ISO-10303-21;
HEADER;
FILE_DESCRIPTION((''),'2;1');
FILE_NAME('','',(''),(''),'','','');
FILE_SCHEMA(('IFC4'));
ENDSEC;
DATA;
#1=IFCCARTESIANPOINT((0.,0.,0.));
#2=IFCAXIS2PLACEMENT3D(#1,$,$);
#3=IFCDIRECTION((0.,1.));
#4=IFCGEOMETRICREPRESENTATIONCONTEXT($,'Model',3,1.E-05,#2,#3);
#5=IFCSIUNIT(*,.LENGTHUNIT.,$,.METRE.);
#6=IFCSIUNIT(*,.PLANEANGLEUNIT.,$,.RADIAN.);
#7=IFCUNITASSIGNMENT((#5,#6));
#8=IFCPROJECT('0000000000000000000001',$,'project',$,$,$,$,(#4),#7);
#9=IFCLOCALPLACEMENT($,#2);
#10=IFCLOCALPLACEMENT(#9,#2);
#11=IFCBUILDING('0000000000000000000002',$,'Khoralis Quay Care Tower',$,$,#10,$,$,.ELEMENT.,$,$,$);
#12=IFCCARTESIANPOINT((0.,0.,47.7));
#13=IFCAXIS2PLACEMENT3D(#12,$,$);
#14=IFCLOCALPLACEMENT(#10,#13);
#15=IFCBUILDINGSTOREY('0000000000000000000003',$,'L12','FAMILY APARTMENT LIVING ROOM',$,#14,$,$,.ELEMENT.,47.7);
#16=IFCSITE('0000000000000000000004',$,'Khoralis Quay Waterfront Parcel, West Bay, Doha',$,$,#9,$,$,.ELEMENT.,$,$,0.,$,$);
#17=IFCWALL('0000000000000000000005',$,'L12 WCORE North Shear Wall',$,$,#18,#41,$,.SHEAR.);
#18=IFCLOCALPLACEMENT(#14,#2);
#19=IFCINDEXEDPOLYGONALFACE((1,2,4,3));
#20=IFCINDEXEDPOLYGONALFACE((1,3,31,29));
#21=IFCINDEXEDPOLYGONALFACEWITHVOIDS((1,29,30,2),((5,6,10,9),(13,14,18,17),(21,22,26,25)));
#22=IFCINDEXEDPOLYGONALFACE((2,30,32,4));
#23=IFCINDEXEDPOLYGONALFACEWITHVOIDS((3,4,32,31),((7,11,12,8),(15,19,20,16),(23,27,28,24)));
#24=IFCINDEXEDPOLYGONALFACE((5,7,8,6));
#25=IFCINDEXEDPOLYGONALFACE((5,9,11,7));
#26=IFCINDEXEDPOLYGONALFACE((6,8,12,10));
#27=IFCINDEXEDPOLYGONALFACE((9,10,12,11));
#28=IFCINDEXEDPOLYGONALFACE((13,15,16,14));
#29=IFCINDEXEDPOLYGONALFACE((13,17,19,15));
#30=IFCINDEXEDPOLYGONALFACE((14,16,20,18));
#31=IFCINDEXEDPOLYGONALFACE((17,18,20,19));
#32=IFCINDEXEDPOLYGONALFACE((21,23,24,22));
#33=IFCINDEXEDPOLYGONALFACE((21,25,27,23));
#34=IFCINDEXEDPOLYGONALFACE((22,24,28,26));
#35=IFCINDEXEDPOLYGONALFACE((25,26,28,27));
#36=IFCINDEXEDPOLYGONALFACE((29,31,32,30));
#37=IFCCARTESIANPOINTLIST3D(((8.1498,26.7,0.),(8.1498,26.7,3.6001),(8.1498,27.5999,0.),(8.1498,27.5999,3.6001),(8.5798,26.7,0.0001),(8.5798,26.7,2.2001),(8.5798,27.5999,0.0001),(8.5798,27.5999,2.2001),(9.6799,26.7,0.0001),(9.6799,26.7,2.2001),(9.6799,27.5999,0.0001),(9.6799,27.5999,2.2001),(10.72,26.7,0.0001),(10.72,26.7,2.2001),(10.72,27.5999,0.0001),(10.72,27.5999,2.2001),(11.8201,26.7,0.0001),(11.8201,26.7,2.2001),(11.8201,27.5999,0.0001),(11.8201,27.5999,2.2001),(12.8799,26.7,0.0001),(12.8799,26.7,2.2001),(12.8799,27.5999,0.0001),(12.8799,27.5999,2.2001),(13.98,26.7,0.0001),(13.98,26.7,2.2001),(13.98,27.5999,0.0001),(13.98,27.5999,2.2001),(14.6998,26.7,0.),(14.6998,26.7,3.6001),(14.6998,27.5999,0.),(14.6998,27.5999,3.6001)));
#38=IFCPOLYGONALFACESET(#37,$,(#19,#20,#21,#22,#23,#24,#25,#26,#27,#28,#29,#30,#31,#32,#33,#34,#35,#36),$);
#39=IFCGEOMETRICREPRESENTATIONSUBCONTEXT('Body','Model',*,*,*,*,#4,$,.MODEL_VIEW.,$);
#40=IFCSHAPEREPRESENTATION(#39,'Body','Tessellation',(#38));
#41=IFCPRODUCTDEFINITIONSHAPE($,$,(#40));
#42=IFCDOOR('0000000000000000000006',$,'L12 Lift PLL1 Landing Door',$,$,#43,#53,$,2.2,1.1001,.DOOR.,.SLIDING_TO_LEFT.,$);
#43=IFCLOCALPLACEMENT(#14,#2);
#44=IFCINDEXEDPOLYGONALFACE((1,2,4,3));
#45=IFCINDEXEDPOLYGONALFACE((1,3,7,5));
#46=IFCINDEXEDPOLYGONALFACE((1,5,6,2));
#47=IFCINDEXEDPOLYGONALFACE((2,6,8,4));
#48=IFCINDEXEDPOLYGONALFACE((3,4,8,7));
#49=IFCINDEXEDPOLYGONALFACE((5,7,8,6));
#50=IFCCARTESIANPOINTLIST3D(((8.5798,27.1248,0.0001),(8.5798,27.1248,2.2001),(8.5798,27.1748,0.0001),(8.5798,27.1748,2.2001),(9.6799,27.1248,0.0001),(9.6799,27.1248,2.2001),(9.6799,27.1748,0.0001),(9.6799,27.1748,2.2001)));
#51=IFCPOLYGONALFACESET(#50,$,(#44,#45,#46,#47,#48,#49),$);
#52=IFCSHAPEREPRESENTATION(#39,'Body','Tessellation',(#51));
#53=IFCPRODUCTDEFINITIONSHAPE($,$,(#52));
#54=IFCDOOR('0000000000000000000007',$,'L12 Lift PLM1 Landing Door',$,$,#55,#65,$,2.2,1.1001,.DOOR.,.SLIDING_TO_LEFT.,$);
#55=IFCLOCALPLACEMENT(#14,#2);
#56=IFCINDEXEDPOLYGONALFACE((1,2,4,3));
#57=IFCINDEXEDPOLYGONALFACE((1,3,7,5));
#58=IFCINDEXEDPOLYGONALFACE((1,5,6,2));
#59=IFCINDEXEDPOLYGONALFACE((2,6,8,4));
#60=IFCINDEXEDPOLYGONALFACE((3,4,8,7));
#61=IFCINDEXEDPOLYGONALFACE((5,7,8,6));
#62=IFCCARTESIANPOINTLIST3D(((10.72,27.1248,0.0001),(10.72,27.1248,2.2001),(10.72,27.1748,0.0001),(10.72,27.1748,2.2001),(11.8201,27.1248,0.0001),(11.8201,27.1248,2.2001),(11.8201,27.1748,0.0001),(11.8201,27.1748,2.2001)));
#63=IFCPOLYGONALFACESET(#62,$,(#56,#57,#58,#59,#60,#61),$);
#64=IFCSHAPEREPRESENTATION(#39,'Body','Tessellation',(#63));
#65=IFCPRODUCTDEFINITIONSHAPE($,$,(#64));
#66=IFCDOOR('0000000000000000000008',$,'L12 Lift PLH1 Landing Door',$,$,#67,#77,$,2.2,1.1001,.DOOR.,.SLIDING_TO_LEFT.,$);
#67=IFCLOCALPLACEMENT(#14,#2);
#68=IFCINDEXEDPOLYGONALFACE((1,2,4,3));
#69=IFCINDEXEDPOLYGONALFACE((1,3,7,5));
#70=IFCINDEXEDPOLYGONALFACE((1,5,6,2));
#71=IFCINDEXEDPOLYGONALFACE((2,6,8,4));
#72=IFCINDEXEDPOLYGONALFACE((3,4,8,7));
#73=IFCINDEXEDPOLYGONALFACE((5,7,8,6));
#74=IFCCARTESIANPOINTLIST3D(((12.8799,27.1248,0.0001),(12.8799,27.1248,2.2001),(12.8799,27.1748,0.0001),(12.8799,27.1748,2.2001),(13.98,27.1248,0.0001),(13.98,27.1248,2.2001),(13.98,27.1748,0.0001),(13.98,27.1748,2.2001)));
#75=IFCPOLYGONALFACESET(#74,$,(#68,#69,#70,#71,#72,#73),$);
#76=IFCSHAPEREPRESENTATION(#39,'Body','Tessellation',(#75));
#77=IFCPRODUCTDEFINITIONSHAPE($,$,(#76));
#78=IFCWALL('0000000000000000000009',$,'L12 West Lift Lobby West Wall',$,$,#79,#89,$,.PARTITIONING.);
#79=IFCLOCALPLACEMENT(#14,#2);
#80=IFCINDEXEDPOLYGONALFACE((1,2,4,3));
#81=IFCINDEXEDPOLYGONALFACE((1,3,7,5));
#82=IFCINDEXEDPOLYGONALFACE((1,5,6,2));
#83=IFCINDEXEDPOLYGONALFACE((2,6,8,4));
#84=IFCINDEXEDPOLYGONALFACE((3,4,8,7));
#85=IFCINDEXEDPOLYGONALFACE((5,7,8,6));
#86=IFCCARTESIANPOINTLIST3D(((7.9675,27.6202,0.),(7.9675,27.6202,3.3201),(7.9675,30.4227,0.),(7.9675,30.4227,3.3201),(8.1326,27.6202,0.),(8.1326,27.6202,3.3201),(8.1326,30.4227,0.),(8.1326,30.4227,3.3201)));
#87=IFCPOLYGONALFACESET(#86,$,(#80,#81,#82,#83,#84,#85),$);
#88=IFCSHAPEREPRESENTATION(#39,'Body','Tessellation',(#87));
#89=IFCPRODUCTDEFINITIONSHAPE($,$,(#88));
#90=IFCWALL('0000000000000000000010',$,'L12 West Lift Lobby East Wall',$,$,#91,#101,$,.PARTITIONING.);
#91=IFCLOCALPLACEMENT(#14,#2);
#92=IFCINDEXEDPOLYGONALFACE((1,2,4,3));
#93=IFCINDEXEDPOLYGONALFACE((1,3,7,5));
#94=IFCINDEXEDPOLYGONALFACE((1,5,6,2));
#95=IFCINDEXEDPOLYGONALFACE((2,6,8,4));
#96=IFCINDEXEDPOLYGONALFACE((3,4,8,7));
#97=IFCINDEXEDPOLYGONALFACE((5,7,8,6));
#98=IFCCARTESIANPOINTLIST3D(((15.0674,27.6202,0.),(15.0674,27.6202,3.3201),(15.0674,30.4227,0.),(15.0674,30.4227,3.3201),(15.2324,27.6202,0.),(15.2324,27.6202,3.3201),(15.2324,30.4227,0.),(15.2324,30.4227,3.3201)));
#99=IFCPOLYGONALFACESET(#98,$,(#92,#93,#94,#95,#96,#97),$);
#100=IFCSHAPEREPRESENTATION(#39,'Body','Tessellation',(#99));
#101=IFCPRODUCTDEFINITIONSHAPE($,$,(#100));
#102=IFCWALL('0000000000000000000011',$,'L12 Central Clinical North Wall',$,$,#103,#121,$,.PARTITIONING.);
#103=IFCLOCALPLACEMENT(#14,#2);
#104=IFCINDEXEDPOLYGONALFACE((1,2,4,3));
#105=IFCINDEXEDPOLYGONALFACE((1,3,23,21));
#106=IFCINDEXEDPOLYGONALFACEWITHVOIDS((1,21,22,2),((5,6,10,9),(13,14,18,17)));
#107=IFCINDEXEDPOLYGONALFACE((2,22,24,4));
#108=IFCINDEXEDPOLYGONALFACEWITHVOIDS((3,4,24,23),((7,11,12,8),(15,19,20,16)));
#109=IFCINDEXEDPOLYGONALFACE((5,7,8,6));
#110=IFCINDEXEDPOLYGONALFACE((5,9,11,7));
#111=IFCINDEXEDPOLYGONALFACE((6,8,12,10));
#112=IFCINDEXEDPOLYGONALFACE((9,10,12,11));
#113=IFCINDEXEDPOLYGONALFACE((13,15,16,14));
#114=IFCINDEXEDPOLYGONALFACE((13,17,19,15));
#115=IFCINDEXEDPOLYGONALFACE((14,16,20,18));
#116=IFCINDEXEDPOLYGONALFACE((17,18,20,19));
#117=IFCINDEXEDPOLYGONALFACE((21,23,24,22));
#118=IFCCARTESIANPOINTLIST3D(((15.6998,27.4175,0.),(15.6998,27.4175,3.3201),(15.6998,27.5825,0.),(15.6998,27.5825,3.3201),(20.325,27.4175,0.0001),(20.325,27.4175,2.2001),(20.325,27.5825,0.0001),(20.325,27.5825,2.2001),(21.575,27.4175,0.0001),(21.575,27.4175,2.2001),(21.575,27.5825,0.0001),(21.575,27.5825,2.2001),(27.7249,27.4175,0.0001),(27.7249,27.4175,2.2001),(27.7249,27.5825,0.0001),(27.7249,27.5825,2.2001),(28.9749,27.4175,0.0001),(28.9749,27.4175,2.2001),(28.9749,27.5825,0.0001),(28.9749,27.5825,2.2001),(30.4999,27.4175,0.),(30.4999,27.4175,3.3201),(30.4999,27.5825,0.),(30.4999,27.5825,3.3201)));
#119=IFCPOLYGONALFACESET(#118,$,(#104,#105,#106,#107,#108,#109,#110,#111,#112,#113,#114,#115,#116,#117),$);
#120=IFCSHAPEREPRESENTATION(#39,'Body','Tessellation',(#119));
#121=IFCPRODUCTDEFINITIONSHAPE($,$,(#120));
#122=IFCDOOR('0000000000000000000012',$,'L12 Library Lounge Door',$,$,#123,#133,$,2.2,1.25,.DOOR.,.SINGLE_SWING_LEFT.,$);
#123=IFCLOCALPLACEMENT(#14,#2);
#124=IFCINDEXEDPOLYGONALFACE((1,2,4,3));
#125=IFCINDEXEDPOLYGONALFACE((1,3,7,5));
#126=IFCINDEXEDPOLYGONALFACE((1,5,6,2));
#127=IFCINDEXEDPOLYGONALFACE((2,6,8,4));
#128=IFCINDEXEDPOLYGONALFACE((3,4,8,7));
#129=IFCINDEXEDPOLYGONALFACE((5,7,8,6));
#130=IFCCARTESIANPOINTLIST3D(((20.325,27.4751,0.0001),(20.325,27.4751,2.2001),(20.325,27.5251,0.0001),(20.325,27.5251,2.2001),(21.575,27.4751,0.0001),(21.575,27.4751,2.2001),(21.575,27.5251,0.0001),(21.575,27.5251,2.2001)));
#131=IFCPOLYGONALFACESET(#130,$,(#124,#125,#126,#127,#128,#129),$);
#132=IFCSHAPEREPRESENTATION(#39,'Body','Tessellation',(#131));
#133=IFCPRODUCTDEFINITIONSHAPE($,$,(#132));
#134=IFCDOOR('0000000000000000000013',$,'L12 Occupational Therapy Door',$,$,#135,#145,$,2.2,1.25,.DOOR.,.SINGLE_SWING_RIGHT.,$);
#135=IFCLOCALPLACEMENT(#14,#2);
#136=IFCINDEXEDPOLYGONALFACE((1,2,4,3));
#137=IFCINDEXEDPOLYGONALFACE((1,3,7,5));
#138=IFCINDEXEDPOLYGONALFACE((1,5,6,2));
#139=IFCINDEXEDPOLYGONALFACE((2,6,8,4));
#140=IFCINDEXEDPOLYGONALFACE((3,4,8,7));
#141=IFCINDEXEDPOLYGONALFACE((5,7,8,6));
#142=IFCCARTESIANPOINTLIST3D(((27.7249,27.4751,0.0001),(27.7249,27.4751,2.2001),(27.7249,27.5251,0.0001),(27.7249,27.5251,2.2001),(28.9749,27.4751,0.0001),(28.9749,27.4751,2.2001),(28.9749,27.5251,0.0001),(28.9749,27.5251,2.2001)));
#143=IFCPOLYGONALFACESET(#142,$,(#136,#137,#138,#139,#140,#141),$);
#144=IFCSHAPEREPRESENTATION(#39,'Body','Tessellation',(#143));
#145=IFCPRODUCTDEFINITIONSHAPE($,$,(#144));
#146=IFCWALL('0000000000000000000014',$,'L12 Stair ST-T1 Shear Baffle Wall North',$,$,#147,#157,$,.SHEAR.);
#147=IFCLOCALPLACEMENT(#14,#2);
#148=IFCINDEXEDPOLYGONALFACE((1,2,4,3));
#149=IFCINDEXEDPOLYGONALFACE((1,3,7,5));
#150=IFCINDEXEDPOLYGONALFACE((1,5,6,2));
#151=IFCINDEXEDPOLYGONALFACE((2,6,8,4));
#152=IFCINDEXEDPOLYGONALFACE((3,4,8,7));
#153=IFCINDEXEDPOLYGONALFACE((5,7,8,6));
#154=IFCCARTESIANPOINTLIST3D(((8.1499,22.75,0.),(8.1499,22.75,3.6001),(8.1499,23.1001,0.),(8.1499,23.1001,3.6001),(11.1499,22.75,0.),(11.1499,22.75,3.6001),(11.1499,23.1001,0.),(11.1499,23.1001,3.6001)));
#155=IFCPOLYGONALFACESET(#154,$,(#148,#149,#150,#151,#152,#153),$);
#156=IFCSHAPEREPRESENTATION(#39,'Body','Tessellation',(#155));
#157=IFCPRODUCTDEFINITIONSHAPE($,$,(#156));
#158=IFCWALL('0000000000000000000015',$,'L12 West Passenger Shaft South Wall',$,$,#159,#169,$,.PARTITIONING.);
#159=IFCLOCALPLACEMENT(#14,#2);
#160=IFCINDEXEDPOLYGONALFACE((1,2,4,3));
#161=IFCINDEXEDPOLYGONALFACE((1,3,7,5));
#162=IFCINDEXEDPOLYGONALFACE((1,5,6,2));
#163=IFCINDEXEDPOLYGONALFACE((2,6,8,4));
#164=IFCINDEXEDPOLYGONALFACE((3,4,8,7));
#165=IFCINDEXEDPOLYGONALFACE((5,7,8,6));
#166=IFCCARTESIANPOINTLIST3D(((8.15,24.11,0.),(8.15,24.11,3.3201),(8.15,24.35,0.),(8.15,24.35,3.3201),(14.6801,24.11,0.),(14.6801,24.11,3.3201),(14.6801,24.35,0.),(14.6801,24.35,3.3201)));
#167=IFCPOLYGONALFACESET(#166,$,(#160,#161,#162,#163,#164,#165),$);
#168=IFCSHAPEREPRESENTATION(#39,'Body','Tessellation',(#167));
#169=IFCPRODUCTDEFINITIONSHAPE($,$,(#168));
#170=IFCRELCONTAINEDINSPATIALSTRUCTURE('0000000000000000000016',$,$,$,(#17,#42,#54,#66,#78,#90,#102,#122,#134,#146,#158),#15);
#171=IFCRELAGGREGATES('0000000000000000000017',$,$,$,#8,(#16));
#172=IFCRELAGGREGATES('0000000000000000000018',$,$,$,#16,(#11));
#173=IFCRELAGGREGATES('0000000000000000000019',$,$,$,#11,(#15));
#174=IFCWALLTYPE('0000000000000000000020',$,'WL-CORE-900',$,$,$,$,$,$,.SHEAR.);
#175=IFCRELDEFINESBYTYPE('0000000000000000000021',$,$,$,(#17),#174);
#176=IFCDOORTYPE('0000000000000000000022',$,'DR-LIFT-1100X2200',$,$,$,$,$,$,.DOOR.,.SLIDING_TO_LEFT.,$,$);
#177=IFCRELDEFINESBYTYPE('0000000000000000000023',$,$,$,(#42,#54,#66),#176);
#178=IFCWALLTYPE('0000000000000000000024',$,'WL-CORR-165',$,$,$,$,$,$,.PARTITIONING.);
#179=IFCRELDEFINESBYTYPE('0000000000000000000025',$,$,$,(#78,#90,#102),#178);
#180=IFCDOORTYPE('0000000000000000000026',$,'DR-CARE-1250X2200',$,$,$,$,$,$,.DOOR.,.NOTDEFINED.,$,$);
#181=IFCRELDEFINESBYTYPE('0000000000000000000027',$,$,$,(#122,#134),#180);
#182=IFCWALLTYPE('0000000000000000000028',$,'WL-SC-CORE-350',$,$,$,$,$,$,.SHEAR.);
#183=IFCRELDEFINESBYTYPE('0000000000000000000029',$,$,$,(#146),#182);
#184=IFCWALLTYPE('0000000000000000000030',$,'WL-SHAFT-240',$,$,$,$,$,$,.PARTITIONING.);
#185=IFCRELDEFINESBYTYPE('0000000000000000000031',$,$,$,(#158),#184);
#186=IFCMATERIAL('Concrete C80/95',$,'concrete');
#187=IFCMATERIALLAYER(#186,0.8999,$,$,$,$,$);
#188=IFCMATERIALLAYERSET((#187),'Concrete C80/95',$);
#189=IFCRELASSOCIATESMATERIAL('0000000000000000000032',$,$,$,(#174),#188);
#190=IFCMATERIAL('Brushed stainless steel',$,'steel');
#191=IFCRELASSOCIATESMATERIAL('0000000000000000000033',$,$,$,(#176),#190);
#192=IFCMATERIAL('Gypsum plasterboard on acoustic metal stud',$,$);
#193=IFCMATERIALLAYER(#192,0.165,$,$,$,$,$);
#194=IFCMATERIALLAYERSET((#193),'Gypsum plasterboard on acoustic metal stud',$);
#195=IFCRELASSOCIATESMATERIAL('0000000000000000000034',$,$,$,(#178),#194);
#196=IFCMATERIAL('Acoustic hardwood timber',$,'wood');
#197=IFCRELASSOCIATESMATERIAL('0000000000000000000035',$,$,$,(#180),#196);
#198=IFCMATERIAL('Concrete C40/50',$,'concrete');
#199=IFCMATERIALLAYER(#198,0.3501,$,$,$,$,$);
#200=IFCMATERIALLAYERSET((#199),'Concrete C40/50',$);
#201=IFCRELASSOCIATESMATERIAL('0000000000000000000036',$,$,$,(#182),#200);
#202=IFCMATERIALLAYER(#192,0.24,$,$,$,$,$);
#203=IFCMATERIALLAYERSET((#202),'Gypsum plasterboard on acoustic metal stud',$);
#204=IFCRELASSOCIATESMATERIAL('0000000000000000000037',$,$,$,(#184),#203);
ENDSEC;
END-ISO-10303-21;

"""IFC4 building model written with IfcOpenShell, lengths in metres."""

from ifc_helpers import new_model, si_unit, direction, frame, frame_2d, origin, place, context, subcontext, project, spatial, rectangle, extrude, source, transform, mapped, material, layer, layer_set, type_object, element, fill, save


model = new_model("IFC4")

# Units and contexts
model_context = context("Model", 3, precision=1e-05, world=origin(), true_north=direction((0.0, 1.0)))
body_context = subcontext(model_context, "Body", "Model", "MODEL_VIEW")
ifc_project = project(units=[si_unit("LENGTHUNIT", "METRE"), si_unit("PLANEANGLEUNIT", "RADIAN")], contexts=[model_context])

# Site, building, storey
site_placement = place(None, origin())
site = spatial("IfcSite", under=ifc_project, at=site_placement, Name="Khoralis Quay Waterfront Parcel, West Bay, Doha", CompositionType="ELEMENT", RefElevation=0.0)
building_placement = place(site_placement, origin())
building = spatial("IfcBuilding", under=site, at=building_placement, Name="Khoralis Quay Care Tower", CompositionType="ELEMENT")
storey_placement = place(building_placement, frame((0.0, 0.0, 47.7)))
storey = spatial("IfcBuildingStorey", under=building, at=storey_placement, Name="L12", Description="FAMILY APARTMENT LIVING ROOM", CompositionType="ELEMENT", Elevation=47.7)

# Shared definitions
ifc_material_1 = material(Name="Concrete C80/95", Category="concrete")

# Wall, openings, doors
ifc_layer_1 = layer(ifc_material_1, 0.8999)
ifc_layer_set_1 = layer_set([ifc_layer_1], Name="Concrete C80/95")
wall_type_1 = type_object("IfcWallType", Name="WL-CORE-900", PredefinedType="SHEAR", material=ifc_layer_set_1)
wall_1_placement = place(storey_placement, frame((8.1499, 27.1499, 0.0), z_axis=(0.0, 0.0, 1.0), x_axis=(1.0, 0.0, 0.0)))
wall_1 = element("IfcWall", 1, at=wall_1_placement, inside=storey, type_object=wall_type_1, Name="L12 WCORE North Shear Wall", PredefinedType="SHEAR", context=body_context, shape_type="SweptSolid", body=[
    extrude(rectangle(XDim=6.55, YDim=0.8999, at=frame_2d((3.2749, 0.0))), origin(), (0.0, 0.0, 1.0), 3.6001),
])
opening_1_placement = place(wall_1_placement, frame((0.4299, 0.0, 0.0)))
opening_1 = element("IfcOpeningElement", 2, at=opening_1_placement, cuts=wall_1, PredefinedType="OPENING", context=body_context, shape_type="SweptSolid", body=[
    extrude(rectangle(XDim=1.1001, YDim=2.2, at=frame_2d((0.55, 1.1001))), frame((0.0, 0.46, 0.0), z_axis=(0.0, -1.0, 0.0), x_axis=(1.0, 0.0, 0.0)), (0.0, 0.0, 1.0), 0.9199),
])
opening_2_placement = place(wall_1_placement, frame((2.5701, 0.0, 0.0)))
opening_2 = element("IfcOpeningElement", 3, at=opening_2_placement, cuts=wall_1, PredefinedType="OPENING", context=body_context, shape_type="SweptSolid", body=[
    extrude(rectangle(XDim=1.1001, YDim=2.2, at=frame_2d((0.55, 1.1001))), frame((0.0, 0.46, 0.0), z_axis=(0.0, -1.0, 0.0), x_axis=(1.0, 0.0, 0.0)), (0.0, 0.0, 1.0), 0.9199),
])
opening_3_placement = place(wall_1_placement, frame((4.73, 0.0, 0.0)))
opening_3 = element("IfcOpeningElement", 4, at=opening_3_placement, cuts=wall_1, PredefinedType="OPENING", context=body_context, shape_type="SweptSolid", body=[
    extrude(rectangle(XDim=1.1001, YDim=2.2, at=frame_2d((0.55, 1.1001))), frame((0.0, 0.46, 0.0), z_axis=(0.0, -1.0, 0.0), x_axis=(1.0, 0.0, 0.0)), (0.0, 0.0, 1.0), 0.9199),
])
ifc_material_2 = material(Name="Brushed stainless steel", Category="steel")
door_type_1 = type_object("IfcDoorType", Name="DR-LIFT-1100X2200", OperationType="SLIDING_TO_LEFT", PredefinedType="DOOR", material=ifc_material_2)
shared_shape_1 = source(origin(), body_context, "Body", "SweptSolid", [
    extrude(rectangle(XDim=1.1001, YDim=2.2, at=frame_2d((0.55, 1.1001))), frame((0.0, 0.0249, 0.0), z_axis=(0.0, -1.0, 0.0), x_axis=(1.0, 0.0, 0.0)), (0.0, 0.0, 1.0), 0.05),
])
door_1_placement = place(opening_1_placement, origin())
door_1 = element("IfcDoor", 5, at=door_1_placement, inside=storey, type_object=door_type_1, Name="L12 Lift PLL1 Landing Door", OperationType="SLIDING_TO_LEFT", OverallHeight=2.2, OverallWidth=1.1001, PredefinedType="DOOR", context=body_context, shape_type="MappedRepresentation", body=[
    mapped(shared_shape_1, transform((0.0, 0.0, 0.0), scale=1.0)),
])
fill(opening_1, door_1)
door_2_placement = place(opening_2_placement, origin())
door_2 = element("IfcDoor", 6, at=door_2_placement, inside=storey, type_object=door_type_1, Name="L12 Lift PLM1 Landing Door", OperationType="SLIDING_TO_LEFT", OverallHeight=2.2, OverallWidth=1.1001, PredefinedType="DOOR", context=body_context, shape_type="MappedRepresentation", body=[
    mapped(shared_shape_1, transform((0.0, 0.0, 0.0), scale=1.0)),
])
fill(opening_2, door_2)
door_3_placement = place(opening_3_placement, origin())
door_3 = element("IfcDoor", 7, at=door_3_placement, inside=storey, type_object=door_type_1, Name="L12 Lift PLH1 Landing Door", OperationType="SLIDING_TO_LEFT", OverallHeight=2.2, OverallWidth=1.1001, PredefinedType="DOOR", context=body_context, shape_type="MappedRepresentation", body=[
    mapped(shared_shape_1, transform((0.0, 0.0, 0.0), scale=1.0)),
])
fill(opening_3, door_3)

# Walls
ifc_material_3 = material(Name="Gypsum plasterboard on acoustic metal stud")
ifc_layer_2 = layer(ifc_material_3, 0.165)
ifc_layer_set_2 = layer_set([ifc_layer_2], Name="Gypsum plasterboard on acoustic metal stud")
wall_type_2 = type_object("IfcWallType", Name="WL-CORR-165", PredefinedType="PARTITIONING", material=ifc_layer_set_2)
for number, where, z_axis, x_axis, name in (
    (8, (8.05, 27.6201, 0.0), (0.0, 0.0, 1.0), (0.0, 1.0, 0.0), "L12 West Lift Lobby West Wall"),
    (9, (15.1499, 27.6201, 0.0), (0.0, 0.0, 1.0), (0.0, 1.0, 0.0), "L12 West Lift Lobby East Wall"),
):
    element("IfcWall", number, at=place(storey_placement, frame(where, z_axis=z_axis, x_axis=x_axis)), inside=storey, type_object=wall_type_2, Name=name, PredefinedType="PARTITIONING", context=body_context, shape_type="SweptSolid", body=[
        extrude(rectangle(XDim=2.8025, YDim=0.165, at=frame_2d((1.4014, 0.0))), origin(), (0.0, 0.0, 1.0), 3.3201),
    ])

# Wall, openings, doors
wall_2_placement = place(storey_placement, frame((15.7, 27.5, 0.0), z_axis=(0.0, 0.0, 1.0), x_axis=(1.0, 0.0, 0.0)))
wall_2 = element("IfcWall", 10, at=wall_2_placement, inside=storey, type_object=wall_type_2, Name="L12 Central Clinical North Wall", PredefinedType="PARTITIONING", context=body_context, shape_type="SweptSolid", body=[
    extrude(rectangle(XDim=14.8, YDim=0.165, at=frame_2d((7.3999, 0.0))), origin(), (0.0, 0.0, 1.0), 3.3201),
])
opening_4_placement = place(wall_2_placement, frame((4.625, 0.0, 0.0)))
opening_4 = element("IfcOpeningElement", 11, at=opening_4_placement, cuts=wall_2, PredefinedType="OPENING", context=body_context, shape_type="SweptSolid", body=[
    extrude(rectangle(XDim=1.25, YDim=2.2, at=frame_2d((0.625, 1.1001))), frame((0.0, 0.0925, 0.0), z_axis=(0.0, -1.0, 0.0), x_axis=(1.0, 0.0, 0.0)), (0.0, 0.0, 1.0), 0.1851),
])
opening_5_placement = place(wall_2_placement, frame((12.0249, 0.0, 0.0)))
opening_5 = element("IfcOpeningElement", 12, at=opening_5_placement, cuts=wall_2, PredefinedType="OPENING", context=body_context, shape_type="SweptSolid", body=[
    extrude(rectangle(XDim=1.25, YDim=2.2, at=frame_2d((0.625, 1.1001))), frame((0.0, 0.0925, 0.0), z_axis=(0.0, -1.0, 0.0), x_axis=(1.0, 0.0, 0.0)), (0.0, 0.0, 1.0), 0.1851),
])
ifc_material_4 = material(Name="Acoustic hardwood timber", Category="wood")
door_type_2 = type_object("IfcDoorType", Name="DR-CARE-1250X2200", OperationType="NOTDEFINED", PredefinedType="DOOR", material=ifc_material_4)
shared_shape_2 = source(origin(), body_context, "Body", "SweptSolid", [
    extrude(rectangle(XDim=1.25, YDim=2.2, at=frame_2d((0.625, 1.1001))), frame((0.0, 0.0249, 0.0), z_axis=(0.0, -1.0, 0.0), x_axis=(1.0, 0.0, 0.0)), (0.0, 0.0, 1.0), 0.05),
])
door_4_placement = place(opening_4_placement, frame((1.25, 0.0, 0.0), z_axis=(0.0, 0.0, 1.0), x_axis=(-1.0, 0.0, 0.0)))
door_4 = element("IfcDoor", 13, at=door_4_placement, inside=storey, type_object=door_type_2, Name="L12 Library Lounge Door", OperationType="SINGLE_SWING_LEFT", OverallHeight=2.2, OverallWidth=1.25, PredefinedType="DOOR", context=body_context, shape_type="MappedRepresentation", body=[
    mapped(shared_shape_2, transform((0.0, 0.0, 0.0), scale=1.0)),
])
fill(opening_4, door_4)
door_5_placement = place(opening_5_placement, frame((1.25, 0.0, 0.0), z_axis=(0.0, 0.0, 1.0), x_axis=(-1.0, 0.0, 0.0)))
door_5 = element("IfcDoor", 14, at=door_5_placement, inside=storey, type_object=door_type_2, Name="L12 Occupational Therapy Door", OperationType="SINGLE_SWING_RIGHT", OverallHeight=2.2, OverallWidth=1.25, PredefinedType="DOOR", context=body_context, shape_type="MappedRepresentation", body=[
    mapped(shared_shape_2, transform((0.0, 0.0, 0.0), scale=1.0)),
])
fill(opening_5, door_5)

# Walls
ifc_material_5 = material(Name="Concrete C40/50", Category="concrete")
ifc_layer_3 = layer(ifc_material_5, 0.3501)
ifc_layer_set_3 = layer_set([ifc_layer_3], Name="Concrete C40/50")
wall_type_3 = type_object("IfcWallType", Name="WL-SC-CORE-350", PredefinedType="SHEAR", material=ifc_layer_set_3)
wall_3_placement = place(storey_placement, frame((8.1499, 22.925, 0.0), z_axis=(0.0, 0.0, 1.0), x_axis=(1.0, 0.0, 0.0)))
element("IfcWall", 15, at=wall_3_placement, inside=storey, type_object=wall_type_3, Name="L12 Stair ST-T1 Shear Baffle Wall North", PredefinedType="SHEAR", context=body_context, shape_type="SweptSolid", body=[
    extrude(rectangle(XDim=3.0, YDim=0.3501, at=frame_2d((1.5, 0.0))), origin(), (0.0, 0.0, 1.0), 3.6001),
])
ifc_layer_4 = layer(ifc_material_3, 0.24)
ifc_layer_set_4 = layer_set([ifc_layer_4], Name="Gypsum plasterboard on acoustic metal stud")
wall_type_4 = type_object("IfcWallType", Name="WL-SHAFT-240", PredefinedType="PARTITIONING", material=ifc_layer_set_4)
wall_4_placement = place(storey_placement, frame((8.1499, 24.23, 0.0), z_axis=(0.0, 0.0, 1.0), x_axis=(1.0, 0.0, 0.0)))
element("IfcWall", 16, at=wall_4_placement, inside=storey, type_object=wall_type_4, Name="L12 West Passenger Shaft South Wall", PredefinedType="PARTITIONING", context=body_context, shape_type="SweptSolid", body=[
    extrude(rectangle(XDim=6.53, YDim=0.24, at=frame_2d((3.2651, 0.0))), origin(), (0.0, 0.0, 1.0), 3.3201),
])

save(model, "model.ifc")
